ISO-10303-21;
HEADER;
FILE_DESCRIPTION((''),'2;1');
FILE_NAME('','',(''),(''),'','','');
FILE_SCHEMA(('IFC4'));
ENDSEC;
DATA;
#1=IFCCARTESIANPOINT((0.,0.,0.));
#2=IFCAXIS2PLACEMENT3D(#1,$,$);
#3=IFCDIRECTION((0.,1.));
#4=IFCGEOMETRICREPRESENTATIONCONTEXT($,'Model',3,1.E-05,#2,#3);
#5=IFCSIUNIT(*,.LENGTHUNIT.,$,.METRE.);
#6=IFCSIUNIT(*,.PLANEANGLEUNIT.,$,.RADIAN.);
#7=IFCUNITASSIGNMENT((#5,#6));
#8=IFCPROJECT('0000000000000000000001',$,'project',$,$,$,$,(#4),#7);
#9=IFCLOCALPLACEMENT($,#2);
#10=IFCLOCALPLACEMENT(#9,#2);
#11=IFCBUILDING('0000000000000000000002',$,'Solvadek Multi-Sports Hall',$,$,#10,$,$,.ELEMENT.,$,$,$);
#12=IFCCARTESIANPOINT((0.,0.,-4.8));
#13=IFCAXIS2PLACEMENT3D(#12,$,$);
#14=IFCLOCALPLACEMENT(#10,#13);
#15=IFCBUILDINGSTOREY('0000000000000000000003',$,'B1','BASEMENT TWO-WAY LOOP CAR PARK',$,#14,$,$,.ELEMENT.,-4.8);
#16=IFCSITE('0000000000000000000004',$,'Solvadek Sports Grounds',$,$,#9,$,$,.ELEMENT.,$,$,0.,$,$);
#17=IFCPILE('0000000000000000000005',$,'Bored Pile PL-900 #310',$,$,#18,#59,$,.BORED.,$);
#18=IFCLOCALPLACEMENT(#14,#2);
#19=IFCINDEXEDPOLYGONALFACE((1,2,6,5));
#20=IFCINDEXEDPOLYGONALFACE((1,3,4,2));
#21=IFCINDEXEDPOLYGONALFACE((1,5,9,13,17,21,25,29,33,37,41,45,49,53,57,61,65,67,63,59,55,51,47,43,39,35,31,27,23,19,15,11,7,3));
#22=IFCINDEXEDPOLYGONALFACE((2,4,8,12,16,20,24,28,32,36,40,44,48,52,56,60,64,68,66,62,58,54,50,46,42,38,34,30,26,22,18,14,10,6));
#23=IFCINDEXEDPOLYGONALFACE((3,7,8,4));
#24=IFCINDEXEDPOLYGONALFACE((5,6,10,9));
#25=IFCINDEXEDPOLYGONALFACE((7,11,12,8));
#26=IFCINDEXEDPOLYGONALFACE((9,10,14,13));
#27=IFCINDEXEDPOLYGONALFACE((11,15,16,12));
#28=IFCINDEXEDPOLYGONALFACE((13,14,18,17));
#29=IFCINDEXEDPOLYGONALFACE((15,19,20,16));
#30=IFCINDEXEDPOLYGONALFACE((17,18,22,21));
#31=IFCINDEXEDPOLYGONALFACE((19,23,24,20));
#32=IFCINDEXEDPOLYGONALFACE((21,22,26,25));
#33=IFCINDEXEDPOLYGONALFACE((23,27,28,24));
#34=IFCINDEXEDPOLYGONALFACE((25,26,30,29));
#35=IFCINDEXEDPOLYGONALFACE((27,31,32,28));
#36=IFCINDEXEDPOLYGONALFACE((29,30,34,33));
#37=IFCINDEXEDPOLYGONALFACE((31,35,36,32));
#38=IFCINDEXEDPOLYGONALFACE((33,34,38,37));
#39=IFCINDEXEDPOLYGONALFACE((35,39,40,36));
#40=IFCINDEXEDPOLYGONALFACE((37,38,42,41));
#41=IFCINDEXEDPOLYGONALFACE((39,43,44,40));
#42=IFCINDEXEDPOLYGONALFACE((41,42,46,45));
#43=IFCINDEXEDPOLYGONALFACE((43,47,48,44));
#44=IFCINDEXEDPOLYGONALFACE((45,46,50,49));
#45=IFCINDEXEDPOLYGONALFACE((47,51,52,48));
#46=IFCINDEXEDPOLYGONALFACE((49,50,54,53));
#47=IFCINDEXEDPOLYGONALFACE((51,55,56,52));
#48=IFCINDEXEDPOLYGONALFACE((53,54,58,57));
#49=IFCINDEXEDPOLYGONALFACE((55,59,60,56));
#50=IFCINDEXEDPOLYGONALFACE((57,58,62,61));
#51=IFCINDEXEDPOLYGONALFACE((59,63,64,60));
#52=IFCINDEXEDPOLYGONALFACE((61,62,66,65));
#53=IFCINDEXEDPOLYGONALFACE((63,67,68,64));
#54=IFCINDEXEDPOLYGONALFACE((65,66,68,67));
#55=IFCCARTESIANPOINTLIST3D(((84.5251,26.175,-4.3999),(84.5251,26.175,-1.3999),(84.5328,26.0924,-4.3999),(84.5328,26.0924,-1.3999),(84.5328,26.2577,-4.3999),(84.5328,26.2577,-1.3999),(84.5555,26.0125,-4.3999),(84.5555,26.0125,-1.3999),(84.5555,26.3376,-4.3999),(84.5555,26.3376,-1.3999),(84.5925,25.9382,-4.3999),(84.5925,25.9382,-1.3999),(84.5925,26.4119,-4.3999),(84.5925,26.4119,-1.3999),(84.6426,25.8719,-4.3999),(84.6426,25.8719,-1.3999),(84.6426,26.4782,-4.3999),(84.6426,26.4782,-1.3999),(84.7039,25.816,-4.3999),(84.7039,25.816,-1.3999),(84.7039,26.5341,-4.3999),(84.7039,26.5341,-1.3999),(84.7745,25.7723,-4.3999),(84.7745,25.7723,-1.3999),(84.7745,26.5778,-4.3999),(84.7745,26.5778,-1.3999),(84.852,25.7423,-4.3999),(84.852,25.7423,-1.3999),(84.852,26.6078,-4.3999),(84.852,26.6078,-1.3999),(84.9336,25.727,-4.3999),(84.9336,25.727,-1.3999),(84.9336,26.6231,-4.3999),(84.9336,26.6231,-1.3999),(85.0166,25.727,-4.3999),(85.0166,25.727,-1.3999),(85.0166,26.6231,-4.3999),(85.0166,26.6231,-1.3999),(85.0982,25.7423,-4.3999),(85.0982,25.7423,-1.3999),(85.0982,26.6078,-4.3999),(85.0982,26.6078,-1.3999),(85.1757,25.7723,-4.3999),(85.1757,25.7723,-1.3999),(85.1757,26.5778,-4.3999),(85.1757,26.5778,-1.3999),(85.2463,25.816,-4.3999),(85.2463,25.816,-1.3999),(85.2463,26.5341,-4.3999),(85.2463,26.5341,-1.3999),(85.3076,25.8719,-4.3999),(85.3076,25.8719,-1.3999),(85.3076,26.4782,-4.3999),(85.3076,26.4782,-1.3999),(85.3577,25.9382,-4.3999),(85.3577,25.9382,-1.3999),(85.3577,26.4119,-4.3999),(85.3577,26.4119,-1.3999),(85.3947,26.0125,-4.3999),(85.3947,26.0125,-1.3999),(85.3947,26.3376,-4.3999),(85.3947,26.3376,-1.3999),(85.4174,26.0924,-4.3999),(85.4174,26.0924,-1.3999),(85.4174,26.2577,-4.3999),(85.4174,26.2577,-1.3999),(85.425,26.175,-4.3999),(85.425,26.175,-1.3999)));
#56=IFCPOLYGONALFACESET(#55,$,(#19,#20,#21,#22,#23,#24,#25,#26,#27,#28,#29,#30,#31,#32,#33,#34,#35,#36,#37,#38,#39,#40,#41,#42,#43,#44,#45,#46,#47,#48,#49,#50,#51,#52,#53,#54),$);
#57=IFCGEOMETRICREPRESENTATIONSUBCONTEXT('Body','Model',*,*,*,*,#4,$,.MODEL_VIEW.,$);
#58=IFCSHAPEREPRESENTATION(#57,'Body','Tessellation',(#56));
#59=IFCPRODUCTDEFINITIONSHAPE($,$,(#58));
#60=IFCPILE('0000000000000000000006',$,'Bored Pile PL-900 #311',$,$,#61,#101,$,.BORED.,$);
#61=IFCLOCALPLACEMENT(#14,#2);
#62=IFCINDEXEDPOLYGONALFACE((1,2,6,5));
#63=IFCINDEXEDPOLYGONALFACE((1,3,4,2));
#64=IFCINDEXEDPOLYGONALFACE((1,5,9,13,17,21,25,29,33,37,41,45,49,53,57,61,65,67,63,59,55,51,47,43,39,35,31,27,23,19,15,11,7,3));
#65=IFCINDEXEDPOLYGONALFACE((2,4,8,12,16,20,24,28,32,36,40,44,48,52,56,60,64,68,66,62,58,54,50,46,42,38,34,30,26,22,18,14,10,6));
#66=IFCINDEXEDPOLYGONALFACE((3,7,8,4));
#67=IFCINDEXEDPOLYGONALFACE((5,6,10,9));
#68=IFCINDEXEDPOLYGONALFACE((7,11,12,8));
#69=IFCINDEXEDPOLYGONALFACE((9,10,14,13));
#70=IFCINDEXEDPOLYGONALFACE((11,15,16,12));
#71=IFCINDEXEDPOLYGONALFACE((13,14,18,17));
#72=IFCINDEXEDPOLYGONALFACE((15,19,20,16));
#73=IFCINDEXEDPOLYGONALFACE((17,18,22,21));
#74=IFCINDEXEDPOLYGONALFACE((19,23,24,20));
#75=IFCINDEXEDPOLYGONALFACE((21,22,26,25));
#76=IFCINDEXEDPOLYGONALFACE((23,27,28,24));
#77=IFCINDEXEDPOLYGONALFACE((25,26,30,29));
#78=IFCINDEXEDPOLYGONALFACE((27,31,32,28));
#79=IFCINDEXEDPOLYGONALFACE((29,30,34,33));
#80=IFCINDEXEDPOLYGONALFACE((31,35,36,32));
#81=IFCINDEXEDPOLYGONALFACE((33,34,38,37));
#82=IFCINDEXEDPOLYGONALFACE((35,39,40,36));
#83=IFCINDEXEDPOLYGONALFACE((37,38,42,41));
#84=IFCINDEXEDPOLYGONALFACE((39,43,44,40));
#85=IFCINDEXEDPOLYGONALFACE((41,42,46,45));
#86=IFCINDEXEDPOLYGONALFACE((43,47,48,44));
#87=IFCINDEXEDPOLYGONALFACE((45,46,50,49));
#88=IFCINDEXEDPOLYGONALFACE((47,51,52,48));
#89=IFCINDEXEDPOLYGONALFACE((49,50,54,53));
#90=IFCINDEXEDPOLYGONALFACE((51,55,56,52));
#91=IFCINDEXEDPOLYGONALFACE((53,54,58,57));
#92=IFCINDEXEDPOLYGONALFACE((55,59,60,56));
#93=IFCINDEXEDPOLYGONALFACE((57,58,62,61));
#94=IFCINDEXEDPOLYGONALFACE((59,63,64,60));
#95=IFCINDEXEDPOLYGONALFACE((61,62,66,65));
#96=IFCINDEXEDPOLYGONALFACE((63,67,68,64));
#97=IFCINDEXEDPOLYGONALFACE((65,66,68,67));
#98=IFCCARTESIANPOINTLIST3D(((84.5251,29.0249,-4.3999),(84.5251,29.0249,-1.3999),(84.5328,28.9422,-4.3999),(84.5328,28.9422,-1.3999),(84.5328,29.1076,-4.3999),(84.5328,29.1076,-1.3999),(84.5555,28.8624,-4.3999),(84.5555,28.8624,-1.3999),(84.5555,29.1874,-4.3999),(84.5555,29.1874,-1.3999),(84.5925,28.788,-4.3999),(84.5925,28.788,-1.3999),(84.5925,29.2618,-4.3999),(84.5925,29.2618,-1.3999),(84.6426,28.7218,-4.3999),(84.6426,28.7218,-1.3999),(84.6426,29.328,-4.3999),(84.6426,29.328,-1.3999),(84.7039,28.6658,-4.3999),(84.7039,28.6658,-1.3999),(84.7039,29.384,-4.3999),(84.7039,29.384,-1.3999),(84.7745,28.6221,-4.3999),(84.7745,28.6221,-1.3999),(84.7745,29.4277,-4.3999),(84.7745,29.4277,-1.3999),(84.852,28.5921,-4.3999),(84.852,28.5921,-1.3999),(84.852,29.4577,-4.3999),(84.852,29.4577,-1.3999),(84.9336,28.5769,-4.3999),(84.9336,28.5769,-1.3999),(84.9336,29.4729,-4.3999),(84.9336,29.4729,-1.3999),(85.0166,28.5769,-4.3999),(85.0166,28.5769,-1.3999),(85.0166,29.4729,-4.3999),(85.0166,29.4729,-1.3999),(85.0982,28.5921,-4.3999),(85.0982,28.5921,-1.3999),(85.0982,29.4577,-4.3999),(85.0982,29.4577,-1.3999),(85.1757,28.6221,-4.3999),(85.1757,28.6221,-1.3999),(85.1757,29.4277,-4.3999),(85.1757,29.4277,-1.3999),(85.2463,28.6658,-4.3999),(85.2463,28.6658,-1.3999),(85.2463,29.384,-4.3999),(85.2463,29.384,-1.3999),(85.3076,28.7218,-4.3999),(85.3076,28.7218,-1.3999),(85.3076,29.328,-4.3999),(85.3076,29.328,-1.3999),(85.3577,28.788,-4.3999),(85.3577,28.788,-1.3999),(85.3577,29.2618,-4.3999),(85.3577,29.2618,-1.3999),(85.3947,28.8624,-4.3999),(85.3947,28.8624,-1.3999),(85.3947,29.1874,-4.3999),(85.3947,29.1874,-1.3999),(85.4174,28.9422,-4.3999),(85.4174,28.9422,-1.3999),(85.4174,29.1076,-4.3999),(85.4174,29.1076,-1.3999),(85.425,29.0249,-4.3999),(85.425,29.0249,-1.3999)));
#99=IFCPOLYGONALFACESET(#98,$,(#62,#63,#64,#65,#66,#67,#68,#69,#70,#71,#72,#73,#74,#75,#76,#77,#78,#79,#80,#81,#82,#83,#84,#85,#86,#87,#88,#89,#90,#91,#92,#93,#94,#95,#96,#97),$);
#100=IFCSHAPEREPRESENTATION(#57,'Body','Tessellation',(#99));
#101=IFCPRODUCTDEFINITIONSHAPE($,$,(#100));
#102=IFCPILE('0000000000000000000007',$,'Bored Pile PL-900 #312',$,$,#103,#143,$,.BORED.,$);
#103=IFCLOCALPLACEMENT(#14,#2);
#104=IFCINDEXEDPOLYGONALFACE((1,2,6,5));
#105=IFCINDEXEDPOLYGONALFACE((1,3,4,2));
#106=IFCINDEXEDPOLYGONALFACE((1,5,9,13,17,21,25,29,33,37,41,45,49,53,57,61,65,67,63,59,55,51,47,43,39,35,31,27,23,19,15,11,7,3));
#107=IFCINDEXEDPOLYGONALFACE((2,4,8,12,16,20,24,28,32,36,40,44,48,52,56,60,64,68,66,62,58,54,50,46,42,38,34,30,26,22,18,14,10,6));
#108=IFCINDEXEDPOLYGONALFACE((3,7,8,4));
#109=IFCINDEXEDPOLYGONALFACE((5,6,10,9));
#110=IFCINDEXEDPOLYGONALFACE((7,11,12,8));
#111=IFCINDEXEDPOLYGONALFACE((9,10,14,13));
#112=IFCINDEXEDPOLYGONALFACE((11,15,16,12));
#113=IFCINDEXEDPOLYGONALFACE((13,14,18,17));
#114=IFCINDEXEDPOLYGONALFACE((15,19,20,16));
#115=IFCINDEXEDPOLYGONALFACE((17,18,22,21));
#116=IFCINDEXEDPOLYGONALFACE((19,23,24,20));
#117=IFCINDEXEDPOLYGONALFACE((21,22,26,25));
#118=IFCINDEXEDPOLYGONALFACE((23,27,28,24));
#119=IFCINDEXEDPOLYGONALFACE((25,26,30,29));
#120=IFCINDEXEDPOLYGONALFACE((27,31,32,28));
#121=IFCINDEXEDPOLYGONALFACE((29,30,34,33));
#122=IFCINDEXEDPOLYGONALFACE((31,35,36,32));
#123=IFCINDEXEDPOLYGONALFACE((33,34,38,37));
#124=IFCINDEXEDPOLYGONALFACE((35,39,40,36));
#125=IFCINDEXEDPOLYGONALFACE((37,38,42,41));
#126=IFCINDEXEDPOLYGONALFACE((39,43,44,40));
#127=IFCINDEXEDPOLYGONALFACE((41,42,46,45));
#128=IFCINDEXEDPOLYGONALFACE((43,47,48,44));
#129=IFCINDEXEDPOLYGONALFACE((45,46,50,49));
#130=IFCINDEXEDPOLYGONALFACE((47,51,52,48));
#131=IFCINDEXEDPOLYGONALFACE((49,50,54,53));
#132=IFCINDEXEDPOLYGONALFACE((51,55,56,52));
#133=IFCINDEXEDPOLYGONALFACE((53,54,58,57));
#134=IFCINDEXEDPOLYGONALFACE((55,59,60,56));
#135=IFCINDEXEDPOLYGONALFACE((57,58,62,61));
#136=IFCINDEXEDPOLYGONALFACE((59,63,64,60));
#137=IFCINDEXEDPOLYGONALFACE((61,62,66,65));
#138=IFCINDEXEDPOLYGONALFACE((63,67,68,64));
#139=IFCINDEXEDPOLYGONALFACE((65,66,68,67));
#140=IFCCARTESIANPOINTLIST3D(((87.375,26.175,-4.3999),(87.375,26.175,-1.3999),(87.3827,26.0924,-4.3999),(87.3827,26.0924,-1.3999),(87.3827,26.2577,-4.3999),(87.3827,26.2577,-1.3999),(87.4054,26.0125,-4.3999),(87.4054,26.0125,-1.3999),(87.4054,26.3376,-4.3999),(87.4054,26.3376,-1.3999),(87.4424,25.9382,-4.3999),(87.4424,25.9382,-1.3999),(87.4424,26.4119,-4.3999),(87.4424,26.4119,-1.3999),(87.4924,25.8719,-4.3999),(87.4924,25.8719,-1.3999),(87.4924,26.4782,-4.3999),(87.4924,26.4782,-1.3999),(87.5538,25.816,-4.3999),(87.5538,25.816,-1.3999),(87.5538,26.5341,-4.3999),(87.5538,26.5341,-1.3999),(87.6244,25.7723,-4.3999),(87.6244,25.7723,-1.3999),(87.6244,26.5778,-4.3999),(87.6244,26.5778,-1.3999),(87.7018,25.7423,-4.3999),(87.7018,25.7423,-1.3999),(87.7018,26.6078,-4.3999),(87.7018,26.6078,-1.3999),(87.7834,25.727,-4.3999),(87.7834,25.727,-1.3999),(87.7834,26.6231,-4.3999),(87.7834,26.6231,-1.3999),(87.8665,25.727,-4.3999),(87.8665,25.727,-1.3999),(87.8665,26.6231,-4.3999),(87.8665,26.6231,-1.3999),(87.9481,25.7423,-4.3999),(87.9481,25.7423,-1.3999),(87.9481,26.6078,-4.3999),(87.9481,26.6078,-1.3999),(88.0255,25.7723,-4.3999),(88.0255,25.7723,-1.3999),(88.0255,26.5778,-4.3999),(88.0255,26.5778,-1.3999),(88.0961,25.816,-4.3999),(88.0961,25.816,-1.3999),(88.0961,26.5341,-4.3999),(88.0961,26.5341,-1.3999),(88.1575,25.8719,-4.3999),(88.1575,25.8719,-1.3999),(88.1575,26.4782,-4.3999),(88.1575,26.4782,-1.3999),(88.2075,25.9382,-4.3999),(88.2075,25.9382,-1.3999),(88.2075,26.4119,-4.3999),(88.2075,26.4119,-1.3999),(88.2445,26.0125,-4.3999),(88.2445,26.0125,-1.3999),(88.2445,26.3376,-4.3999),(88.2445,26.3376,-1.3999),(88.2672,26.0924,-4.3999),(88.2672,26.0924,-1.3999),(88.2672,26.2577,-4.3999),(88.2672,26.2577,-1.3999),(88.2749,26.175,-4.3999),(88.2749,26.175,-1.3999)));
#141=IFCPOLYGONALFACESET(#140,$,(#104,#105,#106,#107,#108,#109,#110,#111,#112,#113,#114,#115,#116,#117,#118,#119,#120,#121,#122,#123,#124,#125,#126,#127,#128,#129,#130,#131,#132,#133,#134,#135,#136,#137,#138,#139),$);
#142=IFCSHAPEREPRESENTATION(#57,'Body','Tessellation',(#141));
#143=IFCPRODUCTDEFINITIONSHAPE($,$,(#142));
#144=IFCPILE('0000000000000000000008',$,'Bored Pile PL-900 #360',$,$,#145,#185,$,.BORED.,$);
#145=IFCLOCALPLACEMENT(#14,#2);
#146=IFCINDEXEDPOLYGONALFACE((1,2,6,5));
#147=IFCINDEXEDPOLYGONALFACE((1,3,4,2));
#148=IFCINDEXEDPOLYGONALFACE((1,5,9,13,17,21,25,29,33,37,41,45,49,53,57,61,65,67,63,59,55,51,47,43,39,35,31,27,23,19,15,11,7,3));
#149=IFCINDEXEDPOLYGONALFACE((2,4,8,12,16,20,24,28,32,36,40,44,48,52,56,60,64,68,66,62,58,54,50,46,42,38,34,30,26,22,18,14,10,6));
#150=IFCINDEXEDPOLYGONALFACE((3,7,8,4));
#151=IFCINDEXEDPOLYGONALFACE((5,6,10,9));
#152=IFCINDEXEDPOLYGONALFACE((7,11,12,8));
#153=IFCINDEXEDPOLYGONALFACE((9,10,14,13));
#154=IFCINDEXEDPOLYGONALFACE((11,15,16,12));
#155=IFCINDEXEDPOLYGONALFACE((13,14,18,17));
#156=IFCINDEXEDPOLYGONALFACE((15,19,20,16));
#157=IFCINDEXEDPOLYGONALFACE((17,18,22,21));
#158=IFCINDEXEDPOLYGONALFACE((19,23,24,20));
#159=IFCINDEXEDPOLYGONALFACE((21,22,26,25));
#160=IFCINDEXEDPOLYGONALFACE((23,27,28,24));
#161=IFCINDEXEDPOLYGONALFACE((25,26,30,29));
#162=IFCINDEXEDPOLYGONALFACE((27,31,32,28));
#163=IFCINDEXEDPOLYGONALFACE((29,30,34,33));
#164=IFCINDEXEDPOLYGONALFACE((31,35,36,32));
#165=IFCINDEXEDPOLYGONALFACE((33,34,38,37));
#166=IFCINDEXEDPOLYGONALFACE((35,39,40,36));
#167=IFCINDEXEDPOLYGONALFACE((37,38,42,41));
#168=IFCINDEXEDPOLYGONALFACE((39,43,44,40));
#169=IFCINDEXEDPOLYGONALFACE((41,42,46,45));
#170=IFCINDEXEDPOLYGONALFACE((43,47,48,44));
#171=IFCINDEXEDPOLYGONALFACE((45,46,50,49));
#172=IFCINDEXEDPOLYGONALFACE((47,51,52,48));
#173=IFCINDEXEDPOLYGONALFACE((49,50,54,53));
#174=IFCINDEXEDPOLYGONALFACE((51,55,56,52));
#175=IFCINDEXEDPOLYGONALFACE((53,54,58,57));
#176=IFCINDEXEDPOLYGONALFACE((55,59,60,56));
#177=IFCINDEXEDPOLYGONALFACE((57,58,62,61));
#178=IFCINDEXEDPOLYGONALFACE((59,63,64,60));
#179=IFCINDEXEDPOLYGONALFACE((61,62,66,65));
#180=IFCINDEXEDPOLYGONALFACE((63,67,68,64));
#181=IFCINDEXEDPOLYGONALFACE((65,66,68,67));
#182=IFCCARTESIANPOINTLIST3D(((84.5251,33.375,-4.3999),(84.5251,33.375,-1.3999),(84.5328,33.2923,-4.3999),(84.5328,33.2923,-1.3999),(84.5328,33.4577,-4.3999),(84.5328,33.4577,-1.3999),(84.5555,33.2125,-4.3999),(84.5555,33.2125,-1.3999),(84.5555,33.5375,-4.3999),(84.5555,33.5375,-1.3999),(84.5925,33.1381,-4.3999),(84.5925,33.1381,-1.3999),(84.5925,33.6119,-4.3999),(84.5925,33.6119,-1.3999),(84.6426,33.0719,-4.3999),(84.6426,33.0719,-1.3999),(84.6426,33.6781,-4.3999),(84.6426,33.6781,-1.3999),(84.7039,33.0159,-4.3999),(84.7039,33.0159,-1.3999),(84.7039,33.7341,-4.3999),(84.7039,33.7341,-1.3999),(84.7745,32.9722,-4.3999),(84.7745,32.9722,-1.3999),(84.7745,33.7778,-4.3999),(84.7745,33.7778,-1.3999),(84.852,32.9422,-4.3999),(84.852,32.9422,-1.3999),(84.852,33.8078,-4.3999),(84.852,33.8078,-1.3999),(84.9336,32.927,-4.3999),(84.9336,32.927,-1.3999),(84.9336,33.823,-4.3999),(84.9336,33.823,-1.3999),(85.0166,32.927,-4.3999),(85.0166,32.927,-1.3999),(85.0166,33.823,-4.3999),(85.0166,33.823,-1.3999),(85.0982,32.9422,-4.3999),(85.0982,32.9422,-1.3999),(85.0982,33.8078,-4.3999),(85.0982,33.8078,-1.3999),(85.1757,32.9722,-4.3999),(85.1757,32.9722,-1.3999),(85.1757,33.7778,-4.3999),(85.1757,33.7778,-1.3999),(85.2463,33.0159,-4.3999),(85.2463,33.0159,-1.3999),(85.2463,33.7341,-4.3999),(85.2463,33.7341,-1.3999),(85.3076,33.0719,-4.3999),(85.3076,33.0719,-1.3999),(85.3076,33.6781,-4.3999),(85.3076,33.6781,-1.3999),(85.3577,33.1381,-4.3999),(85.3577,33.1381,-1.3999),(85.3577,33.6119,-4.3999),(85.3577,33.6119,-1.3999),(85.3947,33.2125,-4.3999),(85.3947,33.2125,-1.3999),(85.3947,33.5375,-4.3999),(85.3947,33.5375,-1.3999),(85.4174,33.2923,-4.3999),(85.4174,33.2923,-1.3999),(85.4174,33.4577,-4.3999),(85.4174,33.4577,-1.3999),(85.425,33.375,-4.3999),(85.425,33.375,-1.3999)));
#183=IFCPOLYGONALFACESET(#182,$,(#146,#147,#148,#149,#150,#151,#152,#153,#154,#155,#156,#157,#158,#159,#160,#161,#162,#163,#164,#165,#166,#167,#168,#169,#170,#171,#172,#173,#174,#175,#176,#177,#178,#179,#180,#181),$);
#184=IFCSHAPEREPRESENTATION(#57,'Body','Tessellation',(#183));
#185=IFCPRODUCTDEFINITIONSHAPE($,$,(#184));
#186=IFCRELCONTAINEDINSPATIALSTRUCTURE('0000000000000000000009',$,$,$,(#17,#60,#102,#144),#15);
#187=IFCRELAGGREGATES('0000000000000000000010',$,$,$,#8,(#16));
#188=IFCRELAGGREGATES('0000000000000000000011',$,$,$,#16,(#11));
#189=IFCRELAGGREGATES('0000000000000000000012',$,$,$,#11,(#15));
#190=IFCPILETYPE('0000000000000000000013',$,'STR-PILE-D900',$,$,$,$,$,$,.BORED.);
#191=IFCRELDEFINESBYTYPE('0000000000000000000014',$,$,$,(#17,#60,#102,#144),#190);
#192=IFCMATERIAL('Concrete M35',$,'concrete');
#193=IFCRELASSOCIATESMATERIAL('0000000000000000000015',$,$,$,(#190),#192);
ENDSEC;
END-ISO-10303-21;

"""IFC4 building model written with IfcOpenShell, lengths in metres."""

from ifc_helpers import new_model, si_unit, direction, frame, origin, origin_2d, place, context, subcontext, project, spatial, circle, extrude, material, material_profile, profile_set, type_object, element, save


model = new_model("IFC4")

# Units and contexts
model_context = context("Model", 3, precision=1e-05, world=origin(), true_north=direction((0.0, 1.0)))
body_context = subcontext(model_context, "Body", "Model", "MODEL_VIEW")
ifc_project = project(units=[si_unit("LENGTHUNIT", "METRE"), si_unit("PLANEANGLEUNIT", "RADIAN")], contexts=[model_context])

# Site, building, storey
site_placement = place(None, origin())
site = spatial("IfcSite", under=ifc_project, at=site_placement, Name="Solvadek Sports Grounds", CompositionType="ELEMENT", RefElevation=0.0)
building_placement = place(site_placement, origin())
building = spatial("IfcBuilding", under=site, at=building_placement, Name="Solvadek Multi-Sports Hall", CompositionType="ELEMENT")
storey_placement = place(building_placement, frame((0.0, 0.0, -4.8)))
storey = spatial("IfcBuildingStorey", under=building, at=storey_placement, Name="B1", Description="BASEMENT TWO-WAY LOOP CAR PARK", CompositionType="ELEMENT", Elevation=-4.8)

# Piles
ifc_material_1 = material(Name="Concrete M35", Category="concrete")
ifc_material_profile_1 = material_profile(ifc_material_1, circle(Radius=0.45, at=origin_2d()), Name="BORED PILE D900")
ifc_profile_set_1 = profile_set([ifc_material_profile_1], Name="Concrete M35")
pile_type_1 = type_object("IfcPileType", Name="STR-PILE-D900", PredefinedType="BORED", material=ifc_profile_set_1)
for number, where, z_axis, x_axis, name in (
    (1, (84.9751, 26.175, -1.3999), (0.0, 0.0, -1.0), (1.0, 0.0, 0.0), "Bored Pile PL-900 #310"),
    (2, (84.9751, 29.0249, -1.3999), (0.0, 0.0, -1.0), (1.0, 0.0, 0.0), "Bored Pile PL-900 #311"),
    (3, (87.825, 26.175, -1.3999), (0.0, 0.0, -1.0), (1.0, 0.0, 0.0), "Bored Pile PL-900 #312"),
    (4, (84.9751, 33.375, -1.3999), (0.0, 0.0, -1.0), (1.0, 0.0, 0.0), "Bored Pile PL-900 #360"),
):
    element("IfcPile", number, at=place(storey_placement, frame(where, z_axis=z_axis, x_axis=x_axis)), inside=storey, type_object=pile_type_1, Name=name, PredefinedType="BORED", context=body_context, shape_type="SweptSolid", body=[
        extrude(circle(Radius=0.45, at=origin_2d()), origin(), (0.0, 0.0, 1.0), 3.0),
    ])

save(model, "model.ifc")
